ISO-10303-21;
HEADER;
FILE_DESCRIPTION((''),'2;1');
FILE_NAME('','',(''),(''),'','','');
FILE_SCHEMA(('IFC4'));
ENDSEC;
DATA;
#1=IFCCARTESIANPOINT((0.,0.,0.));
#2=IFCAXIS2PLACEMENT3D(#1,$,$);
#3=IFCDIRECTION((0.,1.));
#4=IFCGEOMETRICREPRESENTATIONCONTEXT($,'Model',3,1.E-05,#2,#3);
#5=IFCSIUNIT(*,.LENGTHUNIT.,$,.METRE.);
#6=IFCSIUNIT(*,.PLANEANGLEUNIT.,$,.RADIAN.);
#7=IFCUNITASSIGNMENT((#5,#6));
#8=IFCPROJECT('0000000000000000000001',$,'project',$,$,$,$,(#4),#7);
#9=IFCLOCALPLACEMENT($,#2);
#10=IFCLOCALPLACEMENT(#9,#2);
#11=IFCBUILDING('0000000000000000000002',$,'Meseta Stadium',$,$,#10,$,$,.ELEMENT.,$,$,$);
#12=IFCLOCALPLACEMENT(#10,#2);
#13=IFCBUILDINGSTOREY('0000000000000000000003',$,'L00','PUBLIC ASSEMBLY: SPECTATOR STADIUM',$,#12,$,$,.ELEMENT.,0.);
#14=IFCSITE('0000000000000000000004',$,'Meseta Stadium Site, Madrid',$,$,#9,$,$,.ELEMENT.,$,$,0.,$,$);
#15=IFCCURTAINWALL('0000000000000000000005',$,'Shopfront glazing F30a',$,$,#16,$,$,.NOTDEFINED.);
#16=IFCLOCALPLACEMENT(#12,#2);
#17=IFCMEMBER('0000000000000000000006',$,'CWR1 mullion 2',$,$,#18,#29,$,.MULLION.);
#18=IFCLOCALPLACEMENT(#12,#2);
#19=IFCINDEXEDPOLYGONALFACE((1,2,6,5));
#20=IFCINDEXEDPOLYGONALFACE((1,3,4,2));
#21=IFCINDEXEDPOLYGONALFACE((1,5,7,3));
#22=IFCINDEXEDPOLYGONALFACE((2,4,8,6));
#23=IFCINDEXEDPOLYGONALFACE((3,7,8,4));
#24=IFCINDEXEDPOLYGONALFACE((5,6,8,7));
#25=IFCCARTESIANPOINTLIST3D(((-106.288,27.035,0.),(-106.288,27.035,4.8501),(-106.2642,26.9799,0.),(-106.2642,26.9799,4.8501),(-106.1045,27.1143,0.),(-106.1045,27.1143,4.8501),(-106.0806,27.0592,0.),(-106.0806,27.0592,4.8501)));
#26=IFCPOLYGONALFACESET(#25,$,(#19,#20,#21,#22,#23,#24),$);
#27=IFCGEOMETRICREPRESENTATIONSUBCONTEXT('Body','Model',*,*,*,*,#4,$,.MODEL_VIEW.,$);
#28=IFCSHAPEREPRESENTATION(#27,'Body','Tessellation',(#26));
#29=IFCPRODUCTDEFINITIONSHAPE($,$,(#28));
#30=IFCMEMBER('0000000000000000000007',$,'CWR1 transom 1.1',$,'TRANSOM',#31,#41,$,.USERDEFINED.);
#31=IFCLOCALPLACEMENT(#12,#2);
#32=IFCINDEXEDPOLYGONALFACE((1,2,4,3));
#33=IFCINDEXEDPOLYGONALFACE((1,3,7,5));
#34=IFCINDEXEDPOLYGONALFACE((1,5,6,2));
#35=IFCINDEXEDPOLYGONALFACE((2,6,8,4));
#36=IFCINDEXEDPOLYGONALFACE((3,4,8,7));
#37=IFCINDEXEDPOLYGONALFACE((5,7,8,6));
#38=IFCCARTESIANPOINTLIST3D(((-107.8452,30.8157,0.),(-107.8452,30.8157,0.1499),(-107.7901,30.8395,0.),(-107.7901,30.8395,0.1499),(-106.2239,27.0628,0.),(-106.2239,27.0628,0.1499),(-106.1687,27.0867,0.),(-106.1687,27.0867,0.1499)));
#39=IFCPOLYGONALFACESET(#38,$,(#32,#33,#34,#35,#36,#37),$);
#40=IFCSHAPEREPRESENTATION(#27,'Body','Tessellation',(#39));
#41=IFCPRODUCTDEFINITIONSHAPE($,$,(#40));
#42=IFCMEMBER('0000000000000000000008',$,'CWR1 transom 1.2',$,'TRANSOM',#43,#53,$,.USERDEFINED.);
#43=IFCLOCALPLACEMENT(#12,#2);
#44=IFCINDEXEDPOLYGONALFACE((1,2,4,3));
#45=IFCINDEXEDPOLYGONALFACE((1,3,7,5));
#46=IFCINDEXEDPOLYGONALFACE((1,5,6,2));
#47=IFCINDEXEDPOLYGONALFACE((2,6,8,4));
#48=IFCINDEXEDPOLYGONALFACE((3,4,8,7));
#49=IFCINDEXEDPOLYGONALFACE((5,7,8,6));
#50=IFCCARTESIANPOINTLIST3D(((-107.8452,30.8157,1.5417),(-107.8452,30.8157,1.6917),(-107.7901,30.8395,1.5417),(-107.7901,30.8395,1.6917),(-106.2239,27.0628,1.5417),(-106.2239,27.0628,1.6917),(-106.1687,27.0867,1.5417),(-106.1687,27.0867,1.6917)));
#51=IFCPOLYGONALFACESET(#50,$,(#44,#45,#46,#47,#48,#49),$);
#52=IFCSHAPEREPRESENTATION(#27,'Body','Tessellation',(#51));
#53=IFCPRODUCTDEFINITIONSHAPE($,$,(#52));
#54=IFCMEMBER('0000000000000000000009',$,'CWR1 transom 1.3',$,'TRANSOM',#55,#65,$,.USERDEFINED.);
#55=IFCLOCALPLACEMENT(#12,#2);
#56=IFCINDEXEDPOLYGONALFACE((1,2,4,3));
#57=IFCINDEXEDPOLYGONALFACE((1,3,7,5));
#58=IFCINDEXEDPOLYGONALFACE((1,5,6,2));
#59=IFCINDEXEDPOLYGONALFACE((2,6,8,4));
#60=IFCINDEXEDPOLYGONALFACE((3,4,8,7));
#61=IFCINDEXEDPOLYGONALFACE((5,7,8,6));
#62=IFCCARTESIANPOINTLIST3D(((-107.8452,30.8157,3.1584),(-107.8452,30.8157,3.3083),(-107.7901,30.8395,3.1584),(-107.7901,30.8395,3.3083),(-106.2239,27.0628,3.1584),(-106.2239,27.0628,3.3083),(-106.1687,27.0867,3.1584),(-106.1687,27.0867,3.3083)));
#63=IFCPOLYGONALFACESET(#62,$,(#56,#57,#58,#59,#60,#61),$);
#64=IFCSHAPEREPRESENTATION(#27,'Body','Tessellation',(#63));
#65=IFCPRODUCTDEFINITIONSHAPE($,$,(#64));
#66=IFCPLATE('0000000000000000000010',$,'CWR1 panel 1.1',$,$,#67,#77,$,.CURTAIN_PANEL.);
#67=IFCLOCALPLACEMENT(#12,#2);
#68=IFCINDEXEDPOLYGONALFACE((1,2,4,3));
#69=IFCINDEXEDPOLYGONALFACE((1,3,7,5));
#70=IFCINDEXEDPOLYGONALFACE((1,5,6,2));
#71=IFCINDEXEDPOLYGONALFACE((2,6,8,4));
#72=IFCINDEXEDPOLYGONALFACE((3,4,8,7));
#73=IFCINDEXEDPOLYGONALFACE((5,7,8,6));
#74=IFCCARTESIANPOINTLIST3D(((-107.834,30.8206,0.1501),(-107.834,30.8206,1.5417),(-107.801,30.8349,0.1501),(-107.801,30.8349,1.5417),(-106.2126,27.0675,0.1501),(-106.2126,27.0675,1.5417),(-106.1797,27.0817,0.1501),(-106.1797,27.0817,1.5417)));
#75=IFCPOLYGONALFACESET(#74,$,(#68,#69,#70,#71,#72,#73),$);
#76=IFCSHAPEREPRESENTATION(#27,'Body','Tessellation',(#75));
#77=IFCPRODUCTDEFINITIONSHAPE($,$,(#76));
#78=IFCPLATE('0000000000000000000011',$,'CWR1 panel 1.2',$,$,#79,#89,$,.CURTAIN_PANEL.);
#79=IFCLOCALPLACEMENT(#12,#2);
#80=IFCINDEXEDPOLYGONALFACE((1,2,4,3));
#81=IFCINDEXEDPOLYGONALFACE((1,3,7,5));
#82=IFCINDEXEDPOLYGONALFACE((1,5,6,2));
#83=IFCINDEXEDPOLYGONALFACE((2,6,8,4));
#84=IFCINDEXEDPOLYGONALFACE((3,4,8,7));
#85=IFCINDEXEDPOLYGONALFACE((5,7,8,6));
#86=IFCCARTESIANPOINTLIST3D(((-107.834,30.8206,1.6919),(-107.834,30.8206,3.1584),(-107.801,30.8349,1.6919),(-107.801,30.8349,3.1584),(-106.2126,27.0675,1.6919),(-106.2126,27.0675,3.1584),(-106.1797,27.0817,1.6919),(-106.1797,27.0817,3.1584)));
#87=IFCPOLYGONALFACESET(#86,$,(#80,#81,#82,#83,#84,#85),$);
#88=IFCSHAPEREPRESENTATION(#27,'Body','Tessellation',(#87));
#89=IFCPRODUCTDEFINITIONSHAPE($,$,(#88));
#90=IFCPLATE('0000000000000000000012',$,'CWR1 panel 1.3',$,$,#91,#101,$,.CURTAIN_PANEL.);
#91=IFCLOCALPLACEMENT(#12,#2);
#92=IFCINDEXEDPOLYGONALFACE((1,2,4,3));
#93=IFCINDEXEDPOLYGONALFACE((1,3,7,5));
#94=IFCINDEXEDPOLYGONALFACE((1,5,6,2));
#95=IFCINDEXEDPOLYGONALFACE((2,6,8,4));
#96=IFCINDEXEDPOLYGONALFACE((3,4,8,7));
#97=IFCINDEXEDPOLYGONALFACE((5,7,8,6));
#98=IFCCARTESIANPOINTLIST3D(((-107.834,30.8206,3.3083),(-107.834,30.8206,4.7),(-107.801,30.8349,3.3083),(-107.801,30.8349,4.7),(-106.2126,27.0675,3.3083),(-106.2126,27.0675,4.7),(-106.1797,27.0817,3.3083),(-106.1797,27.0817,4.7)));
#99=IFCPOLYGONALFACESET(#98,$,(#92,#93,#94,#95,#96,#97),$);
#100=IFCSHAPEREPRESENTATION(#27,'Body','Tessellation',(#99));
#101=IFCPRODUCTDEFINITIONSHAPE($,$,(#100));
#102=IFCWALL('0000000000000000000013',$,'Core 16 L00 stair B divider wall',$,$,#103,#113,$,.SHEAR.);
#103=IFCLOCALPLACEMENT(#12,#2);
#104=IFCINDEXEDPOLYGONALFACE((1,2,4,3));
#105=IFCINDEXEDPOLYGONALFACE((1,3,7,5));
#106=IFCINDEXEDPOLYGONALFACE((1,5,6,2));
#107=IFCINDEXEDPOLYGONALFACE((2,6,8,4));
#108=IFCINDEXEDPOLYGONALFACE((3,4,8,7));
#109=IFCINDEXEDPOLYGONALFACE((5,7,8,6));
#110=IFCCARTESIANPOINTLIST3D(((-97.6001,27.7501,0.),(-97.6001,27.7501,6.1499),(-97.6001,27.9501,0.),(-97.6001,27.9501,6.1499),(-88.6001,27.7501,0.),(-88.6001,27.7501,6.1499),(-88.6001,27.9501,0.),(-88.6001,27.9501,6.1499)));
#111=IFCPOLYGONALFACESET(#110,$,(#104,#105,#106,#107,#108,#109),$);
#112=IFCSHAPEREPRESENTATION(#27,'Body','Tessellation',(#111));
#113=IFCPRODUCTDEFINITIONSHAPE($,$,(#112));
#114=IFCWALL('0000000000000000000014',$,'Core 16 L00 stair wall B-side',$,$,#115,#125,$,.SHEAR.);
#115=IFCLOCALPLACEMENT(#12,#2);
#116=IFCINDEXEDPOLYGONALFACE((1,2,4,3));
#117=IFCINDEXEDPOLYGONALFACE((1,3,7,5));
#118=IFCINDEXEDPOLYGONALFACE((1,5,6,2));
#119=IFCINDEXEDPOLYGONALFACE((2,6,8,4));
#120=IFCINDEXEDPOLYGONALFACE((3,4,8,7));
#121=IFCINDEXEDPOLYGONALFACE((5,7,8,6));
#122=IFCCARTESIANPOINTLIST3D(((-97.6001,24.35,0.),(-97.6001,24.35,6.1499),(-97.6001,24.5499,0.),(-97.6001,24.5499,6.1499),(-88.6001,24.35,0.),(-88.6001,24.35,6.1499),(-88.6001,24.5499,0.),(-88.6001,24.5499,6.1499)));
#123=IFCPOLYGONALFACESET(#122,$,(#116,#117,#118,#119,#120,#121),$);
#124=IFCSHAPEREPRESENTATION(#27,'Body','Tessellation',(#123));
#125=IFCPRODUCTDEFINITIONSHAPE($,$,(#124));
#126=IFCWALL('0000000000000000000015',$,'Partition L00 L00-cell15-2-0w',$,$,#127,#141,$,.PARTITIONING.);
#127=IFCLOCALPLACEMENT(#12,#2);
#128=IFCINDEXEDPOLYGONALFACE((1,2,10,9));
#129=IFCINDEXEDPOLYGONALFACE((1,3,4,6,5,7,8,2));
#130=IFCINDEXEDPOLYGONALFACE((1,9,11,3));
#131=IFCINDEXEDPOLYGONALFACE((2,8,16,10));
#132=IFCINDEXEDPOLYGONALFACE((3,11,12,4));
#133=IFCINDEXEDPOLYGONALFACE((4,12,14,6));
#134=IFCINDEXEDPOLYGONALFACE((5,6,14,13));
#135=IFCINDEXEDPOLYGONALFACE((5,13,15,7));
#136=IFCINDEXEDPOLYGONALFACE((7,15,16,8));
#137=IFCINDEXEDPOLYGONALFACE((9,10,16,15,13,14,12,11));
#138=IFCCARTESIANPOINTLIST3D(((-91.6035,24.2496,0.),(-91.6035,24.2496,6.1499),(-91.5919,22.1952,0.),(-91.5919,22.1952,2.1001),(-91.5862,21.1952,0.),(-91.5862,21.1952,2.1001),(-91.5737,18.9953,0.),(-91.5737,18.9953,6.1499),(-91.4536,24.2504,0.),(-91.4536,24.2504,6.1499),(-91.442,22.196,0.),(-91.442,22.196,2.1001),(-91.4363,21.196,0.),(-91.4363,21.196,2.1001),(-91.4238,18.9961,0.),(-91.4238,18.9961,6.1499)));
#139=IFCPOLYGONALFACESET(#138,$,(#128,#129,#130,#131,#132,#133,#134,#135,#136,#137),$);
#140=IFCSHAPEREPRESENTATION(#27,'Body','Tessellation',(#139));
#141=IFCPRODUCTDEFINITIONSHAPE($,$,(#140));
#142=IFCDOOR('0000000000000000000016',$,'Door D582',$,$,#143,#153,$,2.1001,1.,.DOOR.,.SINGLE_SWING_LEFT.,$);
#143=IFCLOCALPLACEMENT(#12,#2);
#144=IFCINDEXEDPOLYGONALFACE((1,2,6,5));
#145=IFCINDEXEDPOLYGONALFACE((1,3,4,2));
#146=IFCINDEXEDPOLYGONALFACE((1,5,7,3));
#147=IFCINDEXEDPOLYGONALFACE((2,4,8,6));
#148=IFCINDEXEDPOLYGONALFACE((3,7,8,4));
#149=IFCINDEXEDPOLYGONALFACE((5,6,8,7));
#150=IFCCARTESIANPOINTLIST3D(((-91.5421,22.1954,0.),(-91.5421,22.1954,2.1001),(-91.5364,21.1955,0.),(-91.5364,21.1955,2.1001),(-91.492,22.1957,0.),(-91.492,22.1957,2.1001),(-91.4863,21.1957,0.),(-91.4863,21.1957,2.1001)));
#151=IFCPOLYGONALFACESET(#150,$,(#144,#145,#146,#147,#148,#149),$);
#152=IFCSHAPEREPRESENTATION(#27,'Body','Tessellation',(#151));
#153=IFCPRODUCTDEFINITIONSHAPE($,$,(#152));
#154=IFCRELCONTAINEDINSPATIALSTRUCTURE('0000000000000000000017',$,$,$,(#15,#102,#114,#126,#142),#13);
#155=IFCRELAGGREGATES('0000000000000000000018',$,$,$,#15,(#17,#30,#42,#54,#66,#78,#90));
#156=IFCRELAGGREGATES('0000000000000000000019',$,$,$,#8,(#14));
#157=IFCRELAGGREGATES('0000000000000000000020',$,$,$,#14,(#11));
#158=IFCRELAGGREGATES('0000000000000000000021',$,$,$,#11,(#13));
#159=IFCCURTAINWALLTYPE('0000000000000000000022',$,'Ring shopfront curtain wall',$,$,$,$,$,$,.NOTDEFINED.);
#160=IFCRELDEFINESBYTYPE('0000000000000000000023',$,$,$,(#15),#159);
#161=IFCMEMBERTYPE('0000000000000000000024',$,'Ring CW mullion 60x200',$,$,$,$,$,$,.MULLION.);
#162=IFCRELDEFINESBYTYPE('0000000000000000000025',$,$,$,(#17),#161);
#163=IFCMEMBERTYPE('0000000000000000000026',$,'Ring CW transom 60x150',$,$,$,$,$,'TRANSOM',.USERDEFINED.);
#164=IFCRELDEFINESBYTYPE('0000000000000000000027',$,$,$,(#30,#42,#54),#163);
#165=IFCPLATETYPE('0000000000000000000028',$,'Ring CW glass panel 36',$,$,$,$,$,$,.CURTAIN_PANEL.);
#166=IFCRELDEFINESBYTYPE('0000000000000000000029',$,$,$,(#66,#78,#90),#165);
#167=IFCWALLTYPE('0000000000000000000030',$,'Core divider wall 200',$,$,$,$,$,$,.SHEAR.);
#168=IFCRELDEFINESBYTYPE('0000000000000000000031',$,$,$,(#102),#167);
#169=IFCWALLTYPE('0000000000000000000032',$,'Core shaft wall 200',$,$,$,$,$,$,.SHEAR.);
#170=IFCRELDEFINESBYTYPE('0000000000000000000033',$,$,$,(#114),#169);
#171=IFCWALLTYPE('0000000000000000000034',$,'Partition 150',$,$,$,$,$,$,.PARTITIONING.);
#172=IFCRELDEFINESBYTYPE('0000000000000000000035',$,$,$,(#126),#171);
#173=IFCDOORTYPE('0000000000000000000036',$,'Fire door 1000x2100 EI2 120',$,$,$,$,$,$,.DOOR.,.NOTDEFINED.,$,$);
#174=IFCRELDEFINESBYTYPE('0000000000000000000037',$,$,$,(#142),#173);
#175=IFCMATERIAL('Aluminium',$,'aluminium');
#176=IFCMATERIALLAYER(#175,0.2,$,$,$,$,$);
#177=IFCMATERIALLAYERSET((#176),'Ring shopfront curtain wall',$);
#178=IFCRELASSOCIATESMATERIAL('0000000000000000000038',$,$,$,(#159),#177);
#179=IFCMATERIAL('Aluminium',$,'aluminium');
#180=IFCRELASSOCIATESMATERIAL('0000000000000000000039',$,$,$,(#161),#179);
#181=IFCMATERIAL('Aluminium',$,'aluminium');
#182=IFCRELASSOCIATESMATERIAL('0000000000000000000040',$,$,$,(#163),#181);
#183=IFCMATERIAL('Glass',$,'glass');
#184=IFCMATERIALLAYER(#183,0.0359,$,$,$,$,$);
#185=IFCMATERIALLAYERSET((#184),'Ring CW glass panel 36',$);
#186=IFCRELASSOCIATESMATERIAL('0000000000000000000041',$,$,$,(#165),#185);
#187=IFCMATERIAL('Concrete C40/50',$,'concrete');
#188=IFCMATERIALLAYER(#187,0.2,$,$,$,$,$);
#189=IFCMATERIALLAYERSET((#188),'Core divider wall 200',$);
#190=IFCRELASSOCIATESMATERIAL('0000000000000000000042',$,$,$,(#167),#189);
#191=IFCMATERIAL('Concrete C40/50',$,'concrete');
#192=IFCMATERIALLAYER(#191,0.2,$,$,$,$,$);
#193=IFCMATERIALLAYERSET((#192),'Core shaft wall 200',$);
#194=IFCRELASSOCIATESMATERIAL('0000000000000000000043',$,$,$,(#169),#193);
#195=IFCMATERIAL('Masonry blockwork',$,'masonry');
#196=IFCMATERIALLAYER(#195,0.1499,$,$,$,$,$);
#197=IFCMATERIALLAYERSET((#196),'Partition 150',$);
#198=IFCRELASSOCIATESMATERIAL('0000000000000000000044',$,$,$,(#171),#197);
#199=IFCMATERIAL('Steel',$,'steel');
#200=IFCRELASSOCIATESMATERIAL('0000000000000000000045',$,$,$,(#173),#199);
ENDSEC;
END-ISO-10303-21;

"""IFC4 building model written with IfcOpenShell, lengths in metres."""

from ifc_helpers import new_model, si_unit, direction, frame, frame_2d, origin, origin_2d, place, context, subcontext, project, spatial, rectangle, extrude, material, layer, layer_set, material_profile, profile_set, type_object, element, fill, aggregate, save


model = new_model("IFC4")

# Units and contexts
model_context = context("Model", 3, precision=1e-05, world=origin(), true_north=direction((0.0, 1.0)))
body_context = subcontext(model_context, "Body", "Model", "MODEL_VIEW")
ifc_project = project(units=[si_unit("LENGTHUNIT", "METRE"), si_unit("PLANEANGLEUNIT", "RADIAN")], contexts=[model_context])

# Site, building, storey
site_placement = place(None, origin())
site = spatial("IfcSite", under=ifc_project, at=site_placement, Name="Meseta Stadium Site, Madrid", CompositionType="ELEMENT", RefElevation=0.0)
building_placement = place(site_placement, origin())
building = spatial("IfcBuilding", under=site, at=building_placement, Name="Meseta Stadium", CompositionType="ELEMENT")
storey_placement = place(building_placement, origin())
storey = spatial("IfcBuildingStorey", under=building, at=storey_placement, Name="L00", Description="PUBLIC ASSEMBLY: SPECTATOR STADIUM", CompositionType="ELEMENT", Elevation=0.0)

# Curtain wall, members, plates
ifc_material_1 = material(Name="Aluminium", Category="aluminium")
ifc_layer_1 = layer(ifc_material_1, 0.2)
ifc_layer_set_1 = layer_set([ifc_layer_1], Name="Ring shopfront curtain wall")
curtain_wall_type = type_object("IfcCurtainWallType", Name="Ring shopfront curtain wall", PredefinedType="NOTDEFINED", material=ifc_layer_set_1)
curtain_wall_placement = place(storey_placement, origin())
curtain_wall = element("IfcCurtainWall", 1, at=curtain_wall_placement, inside=storey, type_object=curtain_wall_type, Name="Shopfront glazing F30a", PredefinedType="NOTDEFINED")
ifc_material_2 = material(Name="Aluminium", Category="aluminium")
ifc_material_profile_1 = material_profile(ifc_material_2, rectangle(XDim=0.2, YDim=0.0601, at=origin_2d()), Name="CW 200x60")
ifc_profile_set_1 = profile_set([ifc_material_profile_1], Name="Aluminium")
member_type_1 = type_object("IfcMemberType", Name="Ring CW mullion 60x200", PredefinedType="MULLION", material=ifc_profile_set_1)
member_1_placement = place(storey_placement, frame((-106.1843, 27.0471, 0.0), z_axis=(0.0, 0.0, 1.0), x_axis=(0.918002, 0.396576, 0.0)))
member_1 = element("IfcMember", 2, at=member_1_placement, type_object=member_type_1, Name="CWR1 mullion 2", PredefinedType="MULLION", context=body_context, shape_type="SweptSolid", body=[
    extrude(rectangle(XDim=0.2, YDim=0.0601, at=origin_2d()), origin(), (0.0, 0.0, 1.0), 4.8501),
])
ifc_material_3 = material(Name="Aluminium", Category="aluminium")
ifc_material_profile_2 = material_profile(ifc_material_3, rectangle(XDim=0.0601, YDim=0.1499, at=origin_2d()), Name="CW 60x150")
ifc_profile_set_2 = profile_set([ifc_material_profile_2], Name="Aluminium")
member_type_2 = type_object("IfcMemberType", Name="Ring CW transom 60x150", ElementType="TRANSOM", PredefinedType="USERDEFINED", material=ifc_profile_set_2)
member_2_placement = place(storey_placement, frame((-107.8176, 30.8276, 0.075), z_axis=(0.396592, -0.917995, 0.0), x_axis=(0.917995, 0.396592, 0.0)))
member_2 = element("IfcMember", 3, at=member_2_placement, type_object=member_type_2, Name="CWR1 transom 1.1", ObjectType="TRANSOM", PredefinedType="USERDEFINED", context=body_context, shape_type="SweptSolid", body=[
    extrude(rectangle(XDim=0.0601, YDim=0.1499, at=origin_2d()), origin(), (0.0, 0.0, 1.0), 4.0881),
])
member_3_placement = place(storey_placement, frame((-107.8176, 30.8276, 1.6167), z_axis=(0.396592, -0.917995, 0.0), x_axis=(0.917995, 0.396592, 0.0)))
member_3 = element("IfcMember", 4, at=member_3_placement, type_object=member_type_2, Name="CWR1 transom 1.2", ObjectType="TRANSOM", PredefinedType="USERDEFINED", context=body_context, shape_type="SweptSolid", body=[
    extrude(rectangle(XDim=0.0601, YDim=0.1499, at=origin_2d()), origin(), (0.0, 0.0, 1.0), 4.0881),
])
member_4_placement = place(storey_placement, frame((-107.8176, 30.8276, 3.2334), z_axis=(0.396592, -0.917995, 0.0), x_axis=(0.917995, 0.396592, 0.0)))
member_4 = element("IfcMember", 5, at=member_4_placement, type_object=member_type_2, Name="CWR1 transom 1.3", ObjectType="TRANSOM", PredefinedType="USERDEFINED", context=body_context, shape_type="SweptSolid", body=[
    extrude(rectangle(XDim=0.0601, YDim=0.1499, at=origin_2d()), origin(), (0.0, 0.0, 1.0), 4.0881),
])
ifc_material_4 = material(Name="Glass", Category="glass")
ifc_layer_2 = layer(ifc_material_4, 0.0359)
ifc_layer_set_2 = layer_set([ifc_layer_2], Name="Ring CW glass panel 36")
plate_type = type_object("IfcPlateType", Name="Ring CW glass panel 36", PredefinedType="CURTAIN_PANEL", material=ifc_layer_set_2)
plate_1_placement = place(storey_placement, frame((-107.0068, 28.9512, 0.1501), z_axis=(0.0, 0.0, 1.0), x_axis=(0.396576, -0.918002, 0.0)))
plate_1 = element("IfcPlate", 6, at=plate_1_placement, type_object=plate_type, Name="CWR1 panel 1.1", PredefinedType="CURTAIN_PANEL", context=body_context, shape_type="SweptSolid", body=[
    extrude(rectangle(XDim=4.0884, YDim=0.0359, at=origin_2d()), origin(), (0.0, 0.0, 1.0), 1.3916),
])
plate_2_placement = place(storey_placement, frame((-107.0068, 28.9512, 1.6919), z_axis=(0.0, 0.0, 1.0), x_axis=(0.396576, -0.918002, 0.0)))
plate_2 = element("IfcPlate", 7, at=plate_2_placement, type_object=plate_type, Name="CWR1 panel 1.2", PredefinedType="CURTAIN_PANEL", context=body_context, shape_type="SweptSolid", body=[
    extrude(rectangle(XDim=4.0884, YDim=0.0359, at=origin_2d()), origin(), (0.0, 0.0, 1.0), 1.4666),
])
plate_3_placement = place(storey_placement, frame((-107.0068, 28.9512, 3.3083), z_axis=(0.0, 0.0, 1.0), x_axis=(0.396576, -0.918002, 0.0)))
plate_3 = element("IfcPlate", 8, at=plate_3_placement, type_object=plate_type, Name="CWR1 panel 1.3", PredefinedType="CURTAIN_PANEL", context=body_context, shape_type="SweptSolid", body=[
    extrude(rectangle(XDim=4.0884, YDim=0.0359, at=origin_2d()), origin(), (0.0, 0.0, 1.0), 1.3916),
])
aggregate(curtain_wall, [member_1, member_2, member_3, member_4, plate_1, plate_2, plate_3])

# Walls
ifc_material_5 = material(Name="Concrete C40/50", Category="concrete")
ifc_layer_3 = layer(ifc_material_5, 0.2)
ifc_layer_set_3 = layer_set([ifc_layer_3], Name="Core divider wall 200")
wall_type_1 = type_object("IfcWallType", Name="Core divider wall 200", PredefinedType="SHEAR", material=ifc_layer_set_3)
wall_1_placement = place(storey_placement, frame((-97.6001, 27.8501, 0.0), z_axis=(0.0, 0.0, 1.0), x_axis=(1.0, 0.0, 0.0)))
element("IfcWall", 9, at=wall_1_placement, inside=storey, type_object=wall_type_1, Name="Core 16 L00 stair B divider wall", PredefinedType="SHEAR", context=body_context, shape_type="SweptSolid", body=[
    extrude(rectangle(XDim=9.0, YDim=0.2, at=frame_2d((4.5, 0.0))), origin(), (0.0, 0.0, 1.0), 6.1499),
])
ifc_material_6 = material(Name="Concrete C40/50", Category="concrete")
ifc_layer_4 = layer(ifc_material_6, 0.2)
ifc_layer_set_4 = layer_set([ifc_layer_4], Name="Core shaft wall 200")
wall_type_2 = type_object("IfcWallType", Name="Core shaft wall 200", PredefinedType="SHEAR", material=ifc_layer_set_4)
wall_2_placement = place(storey_placement, frame((-97.6001, 24.45, 0.0), z_axis=(0.0, 0.0, 1.0), x_axis=(1.0, 0.0, 0.0)))
element("IfcWall", 10, at=wall_2_placement, inside=storey, type_object=wall_type_2, Name="Core 16 L00 stair wall B-side", PredefinedType="SHEAR", context=body_context, shape_type="SweptSolid", body=[
    extrude(rectangle(XDim=9.0, YDim=0.2, at=frame_2d((4.5, 0.0))), origin(), (0.0, 0.0, 1.0), 6.1499),
])

# Wall, opening, door
ifc_material_7 = material(Name="Masonry blockwork", Category="masonry")
ifc_layer_5 = layer(ifc_material_7, 0.1499)
ifc_layer_set_5 = layer_set([ifc_layer_5], Name="Partition 150")
wall_type_3 = type_object("IfcWallType", Name="Partition 150", PredefinedType="PARTITIONING", material=ifc_layer_set_5)
wall_3_placement = place(storey_placement, frame((-91.5286, 24.25, 0.0), z_axis=(0.0, 0.0, 1.0), x_axis=(0.005669, -0.999984, 0.0)))
wall_3 = element("IfcWall", 11, at=wall_3_placement, inside=storey, type_object=wall_type_3, Name="Partition L00 L00-cell15-2-0w", PredefinedType="PARTITIONING", context=body_context, shape_type="SweptSolid", body=[
    extrude(rectangle(XDim=5.2544, YDim=0.1499, at=frame_2d((2.6272, 0.0))), origin(), (0.0, 0.0, 1.0), 6.1499),
])
opening_1_placement = place(wall_3_placement, frame((2.0544, 0.0, 0.0)))
opening_1 = element("IfcOpeningElement", 12, at=opening_1_placement, cuts=wall_3, PredefinedType="OPENING", context=body_context, shape_type="SweptSolid", body=[
    extrude(rectangle(XDim=1.0, YDim=2.1001, at=frame_2d((0.5, 1.05))), frame((0.0, 0.085, 0.0), z_axis=(0.0, -1.0, 0.0), x_axis=(1.0, 0.0, 0.0)), (0.0, 0.0, 1.0), 0.1699),
])
ifc_material_8 = material(Name="Steel", Category="steel")
door_type_1 = type_object("IfcDoorType", Name="Fire door 1000x2100 EI2 120", OperationType="NOTDEFINED", PredefinedType="DOOR", material=ifc_material_8)
door_1_placement = place(opening_1_placement, origin())
door_1 = element("IfcDoor", 13, at=door_1_placement, inside=storey, type_object=door_type_1, Name="Door D582", OperationType="SINGLE_SWING_LEFT", OverallHeight=2.1001, OverallWidth=1.0, PredefinedType="DOOR", context=body_context, shape_type="SweptSolid", body=[
    extrude(rectangle(XDim=1.0, YDim=2.1001, at=frame_2d((0.5, 1.05))), frame((0.0, 0.0249, 0.0), z_axis=(0.0, -1.0, 0.0), x_axis=(1.0, 0.0, 0.0)), (0.0, 0.0, 1.0), 0.05),
])
fill(opening_1, door_1)

save(model, "model.ifc")
